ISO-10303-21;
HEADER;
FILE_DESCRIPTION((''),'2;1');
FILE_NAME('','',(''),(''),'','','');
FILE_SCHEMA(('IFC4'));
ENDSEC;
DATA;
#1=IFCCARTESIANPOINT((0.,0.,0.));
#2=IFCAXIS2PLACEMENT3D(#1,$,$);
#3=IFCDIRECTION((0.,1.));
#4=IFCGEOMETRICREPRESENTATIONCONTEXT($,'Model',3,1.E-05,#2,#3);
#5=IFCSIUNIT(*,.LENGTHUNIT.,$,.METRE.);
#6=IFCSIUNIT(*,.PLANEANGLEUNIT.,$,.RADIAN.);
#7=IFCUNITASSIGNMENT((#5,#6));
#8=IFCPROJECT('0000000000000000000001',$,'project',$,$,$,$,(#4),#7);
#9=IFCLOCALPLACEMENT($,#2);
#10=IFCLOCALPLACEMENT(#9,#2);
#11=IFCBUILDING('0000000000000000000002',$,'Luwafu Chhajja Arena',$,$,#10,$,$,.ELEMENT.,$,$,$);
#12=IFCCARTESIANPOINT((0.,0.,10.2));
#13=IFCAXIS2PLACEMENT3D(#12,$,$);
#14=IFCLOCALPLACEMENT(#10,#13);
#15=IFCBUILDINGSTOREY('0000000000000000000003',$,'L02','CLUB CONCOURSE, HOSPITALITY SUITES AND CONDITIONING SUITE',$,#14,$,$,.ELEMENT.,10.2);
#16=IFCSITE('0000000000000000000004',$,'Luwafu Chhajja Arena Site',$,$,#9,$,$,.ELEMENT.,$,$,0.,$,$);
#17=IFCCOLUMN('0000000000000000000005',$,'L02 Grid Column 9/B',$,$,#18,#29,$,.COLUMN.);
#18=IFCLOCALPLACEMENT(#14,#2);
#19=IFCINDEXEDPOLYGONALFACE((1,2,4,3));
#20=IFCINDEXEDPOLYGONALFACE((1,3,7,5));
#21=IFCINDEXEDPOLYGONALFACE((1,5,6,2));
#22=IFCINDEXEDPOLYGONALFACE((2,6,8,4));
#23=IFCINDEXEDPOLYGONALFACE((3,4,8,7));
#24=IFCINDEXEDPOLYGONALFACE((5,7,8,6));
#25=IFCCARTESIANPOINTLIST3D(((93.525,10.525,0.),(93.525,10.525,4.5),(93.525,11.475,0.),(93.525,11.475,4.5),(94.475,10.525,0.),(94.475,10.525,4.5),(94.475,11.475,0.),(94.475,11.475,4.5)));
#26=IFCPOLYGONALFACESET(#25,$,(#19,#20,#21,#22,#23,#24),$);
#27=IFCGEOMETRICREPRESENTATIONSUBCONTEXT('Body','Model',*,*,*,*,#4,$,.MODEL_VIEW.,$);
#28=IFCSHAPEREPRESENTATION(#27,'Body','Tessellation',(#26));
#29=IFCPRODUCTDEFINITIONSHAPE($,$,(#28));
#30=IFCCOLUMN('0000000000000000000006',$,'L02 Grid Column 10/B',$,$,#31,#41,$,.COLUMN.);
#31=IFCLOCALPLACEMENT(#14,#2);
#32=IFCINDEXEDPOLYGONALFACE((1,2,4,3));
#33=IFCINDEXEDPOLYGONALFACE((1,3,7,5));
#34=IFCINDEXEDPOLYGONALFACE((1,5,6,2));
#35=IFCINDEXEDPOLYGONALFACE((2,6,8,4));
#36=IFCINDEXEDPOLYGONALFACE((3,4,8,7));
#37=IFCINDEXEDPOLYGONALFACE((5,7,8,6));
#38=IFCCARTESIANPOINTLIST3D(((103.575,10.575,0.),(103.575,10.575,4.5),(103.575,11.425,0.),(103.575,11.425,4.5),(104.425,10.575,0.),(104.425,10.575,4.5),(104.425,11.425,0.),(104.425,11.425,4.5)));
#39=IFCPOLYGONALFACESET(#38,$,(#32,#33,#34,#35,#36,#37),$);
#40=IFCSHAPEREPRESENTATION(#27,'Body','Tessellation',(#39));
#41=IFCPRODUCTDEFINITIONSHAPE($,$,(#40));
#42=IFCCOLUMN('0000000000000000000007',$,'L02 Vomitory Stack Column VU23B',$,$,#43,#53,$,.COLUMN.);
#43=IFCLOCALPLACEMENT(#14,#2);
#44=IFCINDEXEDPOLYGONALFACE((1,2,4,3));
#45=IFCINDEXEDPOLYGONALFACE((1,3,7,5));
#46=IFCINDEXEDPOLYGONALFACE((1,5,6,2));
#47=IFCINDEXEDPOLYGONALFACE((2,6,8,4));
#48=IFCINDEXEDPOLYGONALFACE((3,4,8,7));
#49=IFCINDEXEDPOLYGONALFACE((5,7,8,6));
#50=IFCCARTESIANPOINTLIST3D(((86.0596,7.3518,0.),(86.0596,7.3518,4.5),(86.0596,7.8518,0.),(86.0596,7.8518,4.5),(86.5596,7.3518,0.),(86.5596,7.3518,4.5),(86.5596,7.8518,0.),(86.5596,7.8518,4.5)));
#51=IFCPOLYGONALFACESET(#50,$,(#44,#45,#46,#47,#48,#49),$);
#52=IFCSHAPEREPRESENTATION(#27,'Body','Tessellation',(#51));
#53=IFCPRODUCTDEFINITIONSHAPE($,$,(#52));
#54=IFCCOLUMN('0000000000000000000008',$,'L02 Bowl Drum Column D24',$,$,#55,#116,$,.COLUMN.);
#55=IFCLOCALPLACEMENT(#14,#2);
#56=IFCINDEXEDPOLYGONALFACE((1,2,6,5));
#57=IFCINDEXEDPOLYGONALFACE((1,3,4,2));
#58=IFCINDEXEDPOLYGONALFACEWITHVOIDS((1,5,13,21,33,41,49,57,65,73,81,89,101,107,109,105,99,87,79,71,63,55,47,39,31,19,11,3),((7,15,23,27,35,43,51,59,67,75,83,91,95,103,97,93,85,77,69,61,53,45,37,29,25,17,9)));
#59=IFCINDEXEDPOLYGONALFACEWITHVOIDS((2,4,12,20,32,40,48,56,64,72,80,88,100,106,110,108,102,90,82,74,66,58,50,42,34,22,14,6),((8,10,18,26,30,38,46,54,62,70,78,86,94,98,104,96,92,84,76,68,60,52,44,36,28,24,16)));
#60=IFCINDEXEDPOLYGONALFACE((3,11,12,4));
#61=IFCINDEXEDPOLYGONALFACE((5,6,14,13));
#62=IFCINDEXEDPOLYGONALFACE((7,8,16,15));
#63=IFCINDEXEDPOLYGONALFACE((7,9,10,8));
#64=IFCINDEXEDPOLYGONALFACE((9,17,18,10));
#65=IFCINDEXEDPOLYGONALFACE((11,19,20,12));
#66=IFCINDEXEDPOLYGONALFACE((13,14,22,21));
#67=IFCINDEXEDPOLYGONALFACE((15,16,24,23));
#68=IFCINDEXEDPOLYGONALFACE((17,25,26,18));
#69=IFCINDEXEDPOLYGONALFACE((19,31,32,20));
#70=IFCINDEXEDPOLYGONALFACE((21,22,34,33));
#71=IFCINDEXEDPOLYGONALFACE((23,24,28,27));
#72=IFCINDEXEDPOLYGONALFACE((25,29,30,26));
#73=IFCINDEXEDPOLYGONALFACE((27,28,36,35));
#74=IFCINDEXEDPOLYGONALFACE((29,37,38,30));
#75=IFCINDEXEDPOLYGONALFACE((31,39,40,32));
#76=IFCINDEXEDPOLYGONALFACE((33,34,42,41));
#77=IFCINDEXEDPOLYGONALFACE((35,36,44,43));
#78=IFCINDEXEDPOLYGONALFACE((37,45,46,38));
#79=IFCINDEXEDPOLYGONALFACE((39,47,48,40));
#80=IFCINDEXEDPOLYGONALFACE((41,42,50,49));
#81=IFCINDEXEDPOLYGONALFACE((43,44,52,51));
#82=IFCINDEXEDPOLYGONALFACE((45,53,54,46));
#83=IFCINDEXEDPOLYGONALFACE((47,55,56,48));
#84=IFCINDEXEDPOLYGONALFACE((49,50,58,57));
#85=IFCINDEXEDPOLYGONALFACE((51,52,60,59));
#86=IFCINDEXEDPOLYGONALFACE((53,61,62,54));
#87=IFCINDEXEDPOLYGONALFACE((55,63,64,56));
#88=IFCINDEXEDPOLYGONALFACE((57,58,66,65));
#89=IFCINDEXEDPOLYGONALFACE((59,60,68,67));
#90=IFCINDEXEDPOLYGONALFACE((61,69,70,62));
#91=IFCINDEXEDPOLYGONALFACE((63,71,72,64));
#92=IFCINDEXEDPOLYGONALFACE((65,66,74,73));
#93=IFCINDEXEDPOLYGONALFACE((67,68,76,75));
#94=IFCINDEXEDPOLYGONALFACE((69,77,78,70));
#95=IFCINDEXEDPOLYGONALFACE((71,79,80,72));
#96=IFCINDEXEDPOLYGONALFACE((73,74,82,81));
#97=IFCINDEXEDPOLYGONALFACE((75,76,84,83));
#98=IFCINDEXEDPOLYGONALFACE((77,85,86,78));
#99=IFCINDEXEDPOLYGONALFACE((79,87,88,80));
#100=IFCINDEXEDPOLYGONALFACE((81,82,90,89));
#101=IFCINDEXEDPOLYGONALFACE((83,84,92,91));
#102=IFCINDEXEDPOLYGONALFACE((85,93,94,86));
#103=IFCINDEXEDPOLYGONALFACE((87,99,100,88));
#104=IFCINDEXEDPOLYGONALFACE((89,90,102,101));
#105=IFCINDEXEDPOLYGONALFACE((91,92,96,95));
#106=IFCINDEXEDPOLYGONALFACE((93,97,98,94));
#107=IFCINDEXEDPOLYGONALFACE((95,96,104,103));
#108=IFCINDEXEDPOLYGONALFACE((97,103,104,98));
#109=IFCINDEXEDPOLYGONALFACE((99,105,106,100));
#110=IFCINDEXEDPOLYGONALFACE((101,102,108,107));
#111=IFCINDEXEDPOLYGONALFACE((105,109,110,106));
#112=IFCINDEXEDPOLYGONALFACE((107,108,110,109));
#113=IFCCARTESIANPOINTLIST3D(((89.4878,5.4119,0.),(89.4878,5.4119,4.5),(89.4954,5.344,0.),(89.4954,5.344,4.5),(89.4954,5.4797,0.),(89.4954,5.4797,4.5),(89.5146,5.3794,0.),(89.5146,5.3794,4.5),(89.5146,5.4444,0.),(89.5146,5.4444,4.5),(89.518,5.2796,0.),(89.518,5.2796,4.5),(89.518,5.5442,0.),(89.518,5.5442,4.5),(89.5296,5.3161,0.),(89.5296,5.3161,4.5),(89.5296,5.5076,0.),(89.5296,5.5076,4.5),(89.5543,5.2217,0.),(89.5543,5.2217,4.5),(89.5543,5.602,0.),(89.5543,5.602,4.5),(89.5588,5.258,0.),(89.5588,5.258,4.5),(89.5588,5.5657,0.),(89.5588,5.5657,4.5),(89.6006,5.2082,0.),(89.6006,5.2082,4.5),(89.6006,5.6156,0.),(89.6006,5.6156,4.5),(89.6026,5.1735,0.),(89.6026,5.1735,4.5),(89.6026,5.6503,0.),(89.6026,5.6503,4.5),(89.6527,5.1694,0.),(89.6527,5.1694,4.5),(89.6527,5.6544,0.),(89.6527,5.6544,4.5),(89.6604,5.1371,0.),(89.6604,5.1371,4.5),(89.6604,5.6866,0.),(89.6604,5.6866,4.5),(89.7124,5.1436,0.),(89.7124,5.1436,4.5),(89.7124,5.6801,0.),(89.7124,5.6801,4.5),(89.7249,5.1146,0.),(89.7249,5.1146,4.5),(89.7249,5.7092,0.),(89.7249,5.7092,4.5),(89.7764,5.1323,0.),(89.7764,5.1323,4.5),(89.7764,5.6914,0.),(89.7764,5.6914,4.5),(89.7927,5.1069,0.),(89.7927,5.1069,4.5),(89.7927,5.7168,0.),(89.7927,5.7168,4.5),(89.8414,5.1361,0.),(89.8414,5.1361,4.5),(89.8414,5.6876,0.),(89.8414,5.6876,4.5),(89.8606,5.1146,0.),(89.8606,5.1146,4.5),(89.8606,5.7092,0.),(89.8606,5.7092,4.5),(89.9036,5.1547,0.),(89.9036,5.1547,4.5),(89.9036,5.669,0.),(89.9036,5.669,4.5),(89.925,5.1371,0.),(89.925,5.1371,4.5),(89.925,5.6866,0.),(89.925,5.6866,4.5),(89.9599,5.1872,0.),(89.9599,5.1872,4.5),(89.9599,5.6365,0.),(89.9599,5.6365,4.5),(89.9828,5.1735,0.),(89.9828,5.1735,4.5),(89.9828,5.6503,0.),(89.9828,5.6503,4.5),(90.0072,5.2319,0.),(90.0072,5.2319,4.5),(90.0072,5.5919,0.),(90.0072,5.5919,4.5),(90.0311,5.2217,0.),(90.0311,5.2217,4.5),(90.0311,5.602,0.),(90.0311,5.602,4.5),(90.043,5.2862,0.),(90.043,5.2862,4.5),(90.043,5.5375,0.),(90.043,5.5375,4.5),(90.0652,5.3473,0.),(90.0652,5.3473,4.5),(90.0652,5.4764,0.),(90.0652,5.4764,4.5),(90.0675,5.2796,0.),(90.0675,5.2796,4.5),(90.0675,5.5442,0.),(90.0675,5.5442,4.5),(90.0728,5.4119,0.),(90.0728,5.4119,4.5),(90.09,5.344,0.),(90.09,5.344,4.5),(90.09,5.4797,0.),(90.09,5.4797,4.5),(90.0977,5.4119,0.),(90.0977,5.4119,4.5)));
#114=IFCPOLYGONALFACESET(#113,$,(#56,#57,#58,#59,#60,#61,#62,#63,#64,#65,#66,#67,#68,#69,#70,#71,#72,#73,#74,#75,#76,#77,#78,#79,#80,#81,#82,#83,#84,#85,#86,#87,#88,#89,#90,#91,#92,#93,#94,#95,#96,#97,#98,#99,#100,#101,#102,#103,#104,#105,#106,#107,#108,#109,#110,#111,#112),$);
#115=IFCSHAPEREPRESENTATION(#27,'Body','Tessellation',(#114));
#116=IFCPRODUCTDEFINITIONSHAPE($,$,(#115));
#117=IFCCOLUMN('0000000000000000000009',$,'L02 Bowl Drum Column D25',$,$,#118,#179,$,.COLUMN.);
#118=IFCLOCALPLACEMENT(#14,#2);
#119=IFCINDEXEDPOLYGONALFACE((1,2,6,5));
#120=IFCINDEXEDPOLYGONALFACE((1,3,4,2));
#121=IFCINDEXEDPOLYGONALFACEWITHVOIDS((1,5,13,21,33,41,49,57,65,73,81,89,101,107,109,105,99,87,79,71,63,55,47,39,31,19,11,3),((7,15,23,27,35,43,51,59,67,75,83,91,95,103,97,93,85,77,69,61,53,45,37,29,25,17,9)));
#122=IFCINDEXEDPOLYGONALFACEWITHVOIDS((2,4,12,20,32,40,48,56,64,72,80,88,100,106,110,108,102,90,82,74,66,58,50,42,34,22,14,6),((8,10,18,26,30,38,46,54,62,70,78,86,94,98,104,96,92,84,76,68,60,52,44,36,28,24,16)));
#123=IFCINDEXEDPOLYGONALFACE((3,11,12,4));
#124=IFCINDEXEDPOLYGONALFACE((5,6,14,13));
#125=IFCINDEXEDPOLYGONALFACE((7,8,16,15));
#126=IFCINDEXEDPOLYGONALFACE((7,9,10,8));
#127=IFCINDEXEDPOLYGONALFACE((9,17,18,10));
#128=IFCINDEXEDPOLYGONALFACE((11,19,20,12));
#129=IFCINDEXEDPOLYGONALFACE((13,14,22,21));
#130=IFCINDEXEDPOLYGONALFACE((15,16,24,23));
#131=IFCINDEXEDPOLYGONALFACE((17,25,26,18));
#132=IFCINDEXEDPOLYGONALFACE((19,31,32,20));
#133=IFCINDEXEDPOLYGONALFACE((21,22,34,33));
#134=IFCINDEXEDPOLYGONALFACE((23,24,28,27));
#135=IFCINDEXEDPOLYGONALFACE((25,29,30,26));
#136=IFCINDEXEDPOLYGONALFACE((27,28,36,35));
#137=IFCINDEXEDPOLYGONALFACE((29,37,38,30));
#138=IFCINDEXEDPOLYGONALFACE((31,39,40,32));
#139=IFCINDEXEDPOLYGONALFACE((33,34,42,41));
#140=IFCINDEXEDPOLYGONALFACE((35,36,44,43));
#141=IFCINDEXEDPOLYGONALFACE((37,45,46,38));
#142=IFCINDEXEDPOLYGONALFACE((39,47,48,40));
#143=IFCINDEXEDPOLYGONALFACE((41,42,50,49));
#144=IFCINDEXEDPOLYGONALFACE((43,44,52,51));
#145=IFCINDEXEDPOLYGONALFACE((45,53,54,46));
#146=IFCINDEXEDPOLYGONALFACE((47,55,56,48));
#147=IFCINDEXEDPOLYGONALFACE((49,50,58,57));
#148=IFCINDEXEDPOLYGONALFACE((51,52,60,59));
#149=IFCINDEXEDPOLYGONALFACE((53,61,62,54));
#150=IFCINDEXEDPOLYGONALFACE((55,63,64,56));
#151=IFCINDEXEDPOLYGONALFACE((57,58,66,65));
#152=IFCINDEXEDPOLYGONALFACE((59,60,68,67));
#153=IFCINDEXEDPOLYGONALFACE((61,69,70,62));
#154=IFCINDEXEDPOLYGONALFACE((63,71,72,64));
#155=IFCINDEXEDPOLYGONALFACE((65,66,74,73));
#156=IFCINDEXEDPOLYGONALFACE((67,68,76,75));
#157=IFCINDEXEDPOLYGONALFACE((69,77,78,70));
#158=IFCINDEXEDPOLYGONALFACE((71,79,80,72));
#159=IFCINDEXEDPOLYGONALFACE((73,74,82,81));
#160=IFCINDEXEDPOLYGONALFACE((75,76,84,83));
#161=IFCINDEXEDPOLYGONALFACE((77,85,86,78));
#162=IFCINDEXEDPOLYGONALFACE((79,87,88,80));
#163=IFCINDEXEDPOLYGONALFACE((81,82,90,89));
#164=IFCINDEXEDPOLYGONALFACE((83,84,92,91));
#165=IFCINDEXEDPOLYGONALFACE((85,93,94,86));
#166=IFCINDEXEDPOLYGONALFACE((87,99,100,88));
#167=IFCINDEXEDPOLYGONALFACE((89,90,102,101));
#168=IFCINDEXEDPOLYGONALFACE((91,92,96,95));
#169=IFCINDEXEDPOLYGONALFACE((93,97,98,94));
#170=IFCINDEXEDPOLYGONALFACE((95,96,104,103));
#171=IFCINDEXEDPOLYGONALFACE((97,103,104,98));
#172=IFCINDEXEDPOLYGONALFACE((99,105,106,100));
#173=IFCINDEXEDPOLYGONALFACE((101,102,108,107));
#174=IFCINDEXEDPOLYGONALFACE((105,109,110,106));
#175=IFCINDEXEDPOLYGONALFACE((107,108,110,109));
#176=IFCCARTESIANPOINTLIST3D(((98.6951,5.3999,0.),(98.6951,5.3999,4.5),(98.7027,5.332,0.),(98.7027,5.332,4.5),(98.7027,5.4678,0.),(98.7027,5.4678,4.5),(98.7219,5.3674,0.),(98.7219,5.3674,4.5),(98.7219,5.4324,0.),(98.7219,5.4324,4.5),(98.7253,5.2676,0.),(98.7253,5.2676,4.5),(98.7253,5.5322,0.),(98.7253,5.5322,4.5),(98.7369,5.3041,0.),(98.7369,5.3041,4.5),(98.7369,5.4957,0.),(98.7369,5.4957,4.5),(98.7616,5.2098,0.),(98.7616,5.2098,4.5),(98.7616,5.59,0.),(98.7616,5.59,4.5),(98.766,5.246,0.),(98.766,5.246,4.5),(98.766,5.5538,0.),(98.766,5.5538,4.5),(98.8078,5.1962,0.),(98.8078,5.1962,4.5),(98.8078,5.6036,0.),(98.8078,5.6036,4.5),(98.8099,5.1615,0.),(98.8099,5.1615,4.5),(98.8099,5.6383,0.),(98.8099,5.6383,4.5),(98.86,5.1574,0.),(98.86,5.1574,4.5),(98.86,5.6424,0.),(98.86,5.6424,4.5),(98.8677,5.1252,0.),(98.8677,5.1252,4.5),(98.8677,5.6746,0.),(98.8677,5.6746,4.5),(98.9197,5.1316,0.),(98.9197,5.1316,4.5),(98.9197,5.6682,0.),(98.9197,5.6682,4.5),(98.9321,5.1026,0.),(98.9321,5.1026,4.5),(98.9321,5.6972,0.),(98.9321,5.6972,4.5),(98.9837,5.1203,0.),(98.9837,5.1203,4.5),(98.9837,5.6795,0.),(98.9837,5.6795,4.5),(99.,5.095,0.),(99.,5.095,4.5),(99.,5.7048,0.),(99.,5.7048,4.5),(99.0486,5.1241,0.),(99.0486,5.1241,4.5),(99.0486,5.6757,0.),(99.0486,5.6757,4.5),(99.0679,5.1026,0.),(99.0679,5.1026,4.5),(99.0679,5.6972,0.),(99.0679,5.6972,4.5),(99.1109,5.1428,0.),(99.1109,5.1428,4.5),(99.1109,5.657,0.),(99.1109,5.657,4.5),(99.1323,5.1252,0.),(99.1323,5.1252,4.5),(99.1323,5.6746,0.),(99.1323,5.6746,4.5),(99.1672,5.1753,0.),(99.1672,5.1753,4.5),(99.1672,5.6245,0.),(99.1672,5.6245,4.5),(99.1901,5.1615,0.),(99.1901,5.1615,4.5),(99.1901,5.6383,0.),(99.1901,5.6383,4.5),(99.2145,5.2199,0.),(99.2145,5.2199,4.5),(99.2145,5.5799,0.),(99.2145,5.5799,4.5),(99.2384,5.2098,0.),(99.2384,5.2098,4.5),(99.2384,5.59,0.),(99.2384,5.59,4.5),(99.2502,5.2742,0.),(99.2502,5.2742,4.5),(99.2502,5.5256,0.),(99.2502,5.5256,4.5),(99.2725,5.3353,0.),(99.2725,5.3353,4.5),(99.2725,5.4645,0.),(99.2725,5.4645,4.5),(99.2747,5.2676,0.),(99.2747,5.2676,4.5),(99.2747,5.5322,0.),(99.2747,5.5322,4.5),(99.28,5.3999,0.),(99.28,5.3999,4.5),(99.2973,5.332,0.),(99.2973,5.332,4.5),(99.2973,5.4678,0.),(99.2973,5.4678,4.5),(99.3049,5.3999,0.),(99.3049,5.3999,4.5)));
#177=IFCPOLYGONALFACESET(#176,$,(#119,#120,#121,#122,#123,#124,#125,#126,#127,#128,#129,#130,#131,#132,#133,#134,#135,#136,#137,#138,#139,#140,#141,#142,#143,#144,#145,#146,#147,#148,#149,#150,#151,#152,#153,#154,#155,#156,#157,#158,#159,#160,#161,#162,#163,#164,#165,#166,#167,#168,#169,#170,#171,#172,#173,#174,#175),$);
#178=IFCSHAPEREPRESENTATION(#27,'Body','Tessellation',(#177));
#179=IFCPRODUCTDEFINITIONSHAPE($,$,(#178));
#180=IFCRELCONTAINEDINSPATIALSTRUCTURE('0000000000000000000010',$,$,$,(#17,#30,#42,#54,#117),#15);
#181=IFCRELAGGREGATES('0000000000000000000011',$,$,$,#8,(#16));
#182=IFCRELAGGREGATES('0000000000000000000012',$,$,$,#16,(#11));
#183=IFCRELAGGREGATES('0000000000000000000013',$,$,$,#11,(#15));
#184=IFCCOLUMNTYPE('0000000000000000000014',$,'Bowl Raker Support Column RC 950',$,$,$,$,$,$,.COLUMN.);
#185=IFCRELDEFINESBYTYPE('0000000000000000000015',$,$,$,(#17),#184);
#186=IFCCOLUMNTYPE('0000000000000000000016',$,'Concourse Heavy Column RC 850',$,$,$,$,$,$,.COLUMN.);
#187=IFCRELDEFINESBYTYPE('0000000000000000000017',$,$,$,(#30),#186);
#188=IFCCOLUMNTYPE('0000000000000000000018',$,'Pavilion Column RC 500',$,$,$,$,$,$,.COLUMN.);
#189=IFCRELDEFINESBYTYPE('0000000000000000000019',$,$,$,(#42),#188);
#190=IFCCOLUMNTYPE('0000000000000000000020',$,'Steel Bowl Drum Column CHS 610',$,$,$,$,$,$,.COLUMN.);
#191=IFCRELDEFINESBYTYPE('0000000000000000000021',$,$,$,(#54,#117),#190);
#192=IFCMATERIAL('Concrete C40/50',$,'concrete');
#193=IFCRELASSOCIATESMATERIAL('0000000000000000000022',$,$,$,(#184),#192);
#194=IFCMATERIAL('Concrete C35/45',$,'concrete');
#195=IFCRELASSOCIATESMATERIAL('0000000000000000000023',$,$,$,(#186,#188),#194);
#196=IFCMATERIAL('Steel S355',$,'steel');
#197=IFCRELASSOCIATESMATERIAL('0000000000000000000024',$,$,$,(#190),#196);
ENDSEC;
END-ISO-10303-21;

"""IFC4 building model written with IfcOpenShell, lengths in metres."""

from ifc_helpers import new_model, si_unit, direction, frame, origin, origin_2d, place, context, subcontext, project, spatial, rectangle, hollow_circle, extrude, material, material_profile, profile_set, type_object, element, save


model = new_model("IFC4")

# Units and contexts
model_context = context("Model", 3, precision=1e-05, world=origin(), true_north=direction((0.0, 1.0)))
body_context = subcontext(model_context, "Body", "Model", "MODEL_VIEW")
ifc_project = project(units=[si_unit("LENGTHUNIT", "METRE"), si_unit("PLANEANGLEUNIT", "RADIAN")], contexts=[model_context])

# Site, building, storey
site_placement = place(None, origin())
site = spatial("IfcSite", under=ifc_project, at=site_placement, Name="Luwafu Chhajja Arena Site", CompositionType="ELEMENT", RefElevation=0.0)
building_placement = place(site_placement, origin())
building = spatial("IfcBuilding", under=site, at=building_placement, Name="Luwafu Chhajja Arena", CompositionType="ELEMENT")
storey_placement = place(building_placement, frame((0.0, 0.0, 10.2)))
storey = spatial("IfcBuildingStorey", under=building, at=storey_placement, Name="L02", Description="CLUB CONCOURSE, HOSPITALITY SUITES AND CONDITIONING SUITE", CompositionType="ELEMENT", Elevation=10.2)

# Columns
ifc_material_1 = material(Name="Concrete C40/50", Category="concrete")
ifc_material_profile_1 = material_profile(ifc_material_1, rectangle(XDim=0.95, YDim=0.95, at=origin_2d()), Name="RC 950x950")
ifc_profile_set_1 = profile_set([ifc_material_profile_1], Name="Concrete C40/50")
column_type_1 = type_object("IfcColumnType", Name="Bowl Raker Support Column RC 950", PredefinedType="COLUMN", material=ifc_profile_set_1)
column_1_placement = place(storey_placement, frame((94.0, 11.0, 0.0), z_axis=(0.0, 0.0, 1.0), x_axis=(1.0, 0.0, 0.0)))
element("IfcColumn", 1, at=column_1_placement, inside=storey, type_object=column_type_1, Name="L02 Grid Column 9/B", PredefinedType="COLUMN", context=body_context, shape_type="SweptSolid", body=[
    extrude(rectangle(XDim=0.95, YDim=0.95, at=origin_2d()), origin(), (0.0, 0.0, 1.0), 4.5),
])
ifc_material_2 = material(Name="Concrete C35/45", Category="concrete")
ifc_material_profile_2 = material_profile(ifc_material_2, rectangle(XDim=0.8501, YDim=0.8501, at=origin_2d()), Name="RC 850x850")
ifc_profile_set_2 = profile_set([ifc_material_profile_2], Name="Concrete C35/45")
column_type_2 = type_object("IfcColumnType", Name="Concourse Heavy Column RC 850", PredefinedType="COLUMN", material=ifc_profile_set_2)
column_2_placement = place(storey_placement, frame((104.0, 11.0, 0.0), z_axis=(0.0, 0.0, 1.0), x_axis=(1.0, 0.0, 0.0)))
element("IfcColumn", 2, at=column_2_placement, inside=storey, type_object=column_type_2, Name="L02 Grid Column 10/B", PredefinedType="COLUMN", context=body_context, shape_type="SweptSolid", body=[
    extrude(rectangle(XDim=0.8501, YDim=0.8501, at=origin_2d()), origin(), (0.0, 0.0, 1.0), 4.5),
])
ifc_material_profile_3 = material_profile(ifc_material_2, rectangle(XDim=0.5, YDim=0.5, at=origin_2d()), Name="RC 500x500")
ifc_profile_set_3 = profile_set([ifc_material_profile_3], Name="Concrete C35/45")
column_type_3 = type_object("IfcColumnType", Name="Pavilion Column RC 500", PredefinedType="COLUMN", material=ifc_profile_set_3)
column_3_placement = place(storey_placement, frame((86.3096, 7.6018, 0.0), z_axis=(0.0, 0.0, 1.0), x_axis=(1.0, 0.0, 0.0)))
element("IfcColumn", 3, at=column_3_placement, inside=storey, type_object=column_type_3, Name="L02 Vomitory Stack Column VU23B", PredefinedType="COLUMN", context=body_context, shape_type="SweptSolid", body=[
    extrude(rectangle(XDim=0.5, YDim=0.5, at=origin_2d()), origin(), (0.0, 0.0, 1.0), 4.5),
])
ifc_material_3 = material(Name="Steel S355", Category="steel")
ifc_material_profile_4 = material_profile(ifc_material_3, hollow_circle(Radius=0.3049, WallThickness=0.0249, at=origin_2d()), Name="CHS 610x25")
ifc_profile_set_4 = profile_set([ifc_material_profile_4], Name="Steel S355")
column_type_4 = type_object("IfcColumnType", Name="Steel Bowl Drum Column CHS 610", PredefinedType="COLUMN", material=ifc_profile_set_4)
for number, where, z_axis, x_axis, name in (
    (4, (89.7927, 5.4119, 0.0), (0.0, 0.0, 1.0), (1.0, 0.0, 0.0), "L02 Bowl Drum Column D24"),
    (5, (99.0, 5.3999, 0.0), (0.0, 0.0, 1.0), (1.0, 0.0, 0.0), "L02 Bowl Drum Column D25"),
):
    element("IfcColumn", number, at=place(storey_placement, frame(where, z_axis=z_axis, x_axis=x_axis)), inside=storey, type_object=column_type_4, Name=name, PredefinedType="COLUMN", context=body_context, shape_type="SweptSolid", body=[
        extrude(hollow_circle(Radius=0.3049, WallThickness=0.0249, at=origin_2d()), origin(), (0.0, 0.0, 1.0), 4.5),
    ])

save(model, "model.ifc")
